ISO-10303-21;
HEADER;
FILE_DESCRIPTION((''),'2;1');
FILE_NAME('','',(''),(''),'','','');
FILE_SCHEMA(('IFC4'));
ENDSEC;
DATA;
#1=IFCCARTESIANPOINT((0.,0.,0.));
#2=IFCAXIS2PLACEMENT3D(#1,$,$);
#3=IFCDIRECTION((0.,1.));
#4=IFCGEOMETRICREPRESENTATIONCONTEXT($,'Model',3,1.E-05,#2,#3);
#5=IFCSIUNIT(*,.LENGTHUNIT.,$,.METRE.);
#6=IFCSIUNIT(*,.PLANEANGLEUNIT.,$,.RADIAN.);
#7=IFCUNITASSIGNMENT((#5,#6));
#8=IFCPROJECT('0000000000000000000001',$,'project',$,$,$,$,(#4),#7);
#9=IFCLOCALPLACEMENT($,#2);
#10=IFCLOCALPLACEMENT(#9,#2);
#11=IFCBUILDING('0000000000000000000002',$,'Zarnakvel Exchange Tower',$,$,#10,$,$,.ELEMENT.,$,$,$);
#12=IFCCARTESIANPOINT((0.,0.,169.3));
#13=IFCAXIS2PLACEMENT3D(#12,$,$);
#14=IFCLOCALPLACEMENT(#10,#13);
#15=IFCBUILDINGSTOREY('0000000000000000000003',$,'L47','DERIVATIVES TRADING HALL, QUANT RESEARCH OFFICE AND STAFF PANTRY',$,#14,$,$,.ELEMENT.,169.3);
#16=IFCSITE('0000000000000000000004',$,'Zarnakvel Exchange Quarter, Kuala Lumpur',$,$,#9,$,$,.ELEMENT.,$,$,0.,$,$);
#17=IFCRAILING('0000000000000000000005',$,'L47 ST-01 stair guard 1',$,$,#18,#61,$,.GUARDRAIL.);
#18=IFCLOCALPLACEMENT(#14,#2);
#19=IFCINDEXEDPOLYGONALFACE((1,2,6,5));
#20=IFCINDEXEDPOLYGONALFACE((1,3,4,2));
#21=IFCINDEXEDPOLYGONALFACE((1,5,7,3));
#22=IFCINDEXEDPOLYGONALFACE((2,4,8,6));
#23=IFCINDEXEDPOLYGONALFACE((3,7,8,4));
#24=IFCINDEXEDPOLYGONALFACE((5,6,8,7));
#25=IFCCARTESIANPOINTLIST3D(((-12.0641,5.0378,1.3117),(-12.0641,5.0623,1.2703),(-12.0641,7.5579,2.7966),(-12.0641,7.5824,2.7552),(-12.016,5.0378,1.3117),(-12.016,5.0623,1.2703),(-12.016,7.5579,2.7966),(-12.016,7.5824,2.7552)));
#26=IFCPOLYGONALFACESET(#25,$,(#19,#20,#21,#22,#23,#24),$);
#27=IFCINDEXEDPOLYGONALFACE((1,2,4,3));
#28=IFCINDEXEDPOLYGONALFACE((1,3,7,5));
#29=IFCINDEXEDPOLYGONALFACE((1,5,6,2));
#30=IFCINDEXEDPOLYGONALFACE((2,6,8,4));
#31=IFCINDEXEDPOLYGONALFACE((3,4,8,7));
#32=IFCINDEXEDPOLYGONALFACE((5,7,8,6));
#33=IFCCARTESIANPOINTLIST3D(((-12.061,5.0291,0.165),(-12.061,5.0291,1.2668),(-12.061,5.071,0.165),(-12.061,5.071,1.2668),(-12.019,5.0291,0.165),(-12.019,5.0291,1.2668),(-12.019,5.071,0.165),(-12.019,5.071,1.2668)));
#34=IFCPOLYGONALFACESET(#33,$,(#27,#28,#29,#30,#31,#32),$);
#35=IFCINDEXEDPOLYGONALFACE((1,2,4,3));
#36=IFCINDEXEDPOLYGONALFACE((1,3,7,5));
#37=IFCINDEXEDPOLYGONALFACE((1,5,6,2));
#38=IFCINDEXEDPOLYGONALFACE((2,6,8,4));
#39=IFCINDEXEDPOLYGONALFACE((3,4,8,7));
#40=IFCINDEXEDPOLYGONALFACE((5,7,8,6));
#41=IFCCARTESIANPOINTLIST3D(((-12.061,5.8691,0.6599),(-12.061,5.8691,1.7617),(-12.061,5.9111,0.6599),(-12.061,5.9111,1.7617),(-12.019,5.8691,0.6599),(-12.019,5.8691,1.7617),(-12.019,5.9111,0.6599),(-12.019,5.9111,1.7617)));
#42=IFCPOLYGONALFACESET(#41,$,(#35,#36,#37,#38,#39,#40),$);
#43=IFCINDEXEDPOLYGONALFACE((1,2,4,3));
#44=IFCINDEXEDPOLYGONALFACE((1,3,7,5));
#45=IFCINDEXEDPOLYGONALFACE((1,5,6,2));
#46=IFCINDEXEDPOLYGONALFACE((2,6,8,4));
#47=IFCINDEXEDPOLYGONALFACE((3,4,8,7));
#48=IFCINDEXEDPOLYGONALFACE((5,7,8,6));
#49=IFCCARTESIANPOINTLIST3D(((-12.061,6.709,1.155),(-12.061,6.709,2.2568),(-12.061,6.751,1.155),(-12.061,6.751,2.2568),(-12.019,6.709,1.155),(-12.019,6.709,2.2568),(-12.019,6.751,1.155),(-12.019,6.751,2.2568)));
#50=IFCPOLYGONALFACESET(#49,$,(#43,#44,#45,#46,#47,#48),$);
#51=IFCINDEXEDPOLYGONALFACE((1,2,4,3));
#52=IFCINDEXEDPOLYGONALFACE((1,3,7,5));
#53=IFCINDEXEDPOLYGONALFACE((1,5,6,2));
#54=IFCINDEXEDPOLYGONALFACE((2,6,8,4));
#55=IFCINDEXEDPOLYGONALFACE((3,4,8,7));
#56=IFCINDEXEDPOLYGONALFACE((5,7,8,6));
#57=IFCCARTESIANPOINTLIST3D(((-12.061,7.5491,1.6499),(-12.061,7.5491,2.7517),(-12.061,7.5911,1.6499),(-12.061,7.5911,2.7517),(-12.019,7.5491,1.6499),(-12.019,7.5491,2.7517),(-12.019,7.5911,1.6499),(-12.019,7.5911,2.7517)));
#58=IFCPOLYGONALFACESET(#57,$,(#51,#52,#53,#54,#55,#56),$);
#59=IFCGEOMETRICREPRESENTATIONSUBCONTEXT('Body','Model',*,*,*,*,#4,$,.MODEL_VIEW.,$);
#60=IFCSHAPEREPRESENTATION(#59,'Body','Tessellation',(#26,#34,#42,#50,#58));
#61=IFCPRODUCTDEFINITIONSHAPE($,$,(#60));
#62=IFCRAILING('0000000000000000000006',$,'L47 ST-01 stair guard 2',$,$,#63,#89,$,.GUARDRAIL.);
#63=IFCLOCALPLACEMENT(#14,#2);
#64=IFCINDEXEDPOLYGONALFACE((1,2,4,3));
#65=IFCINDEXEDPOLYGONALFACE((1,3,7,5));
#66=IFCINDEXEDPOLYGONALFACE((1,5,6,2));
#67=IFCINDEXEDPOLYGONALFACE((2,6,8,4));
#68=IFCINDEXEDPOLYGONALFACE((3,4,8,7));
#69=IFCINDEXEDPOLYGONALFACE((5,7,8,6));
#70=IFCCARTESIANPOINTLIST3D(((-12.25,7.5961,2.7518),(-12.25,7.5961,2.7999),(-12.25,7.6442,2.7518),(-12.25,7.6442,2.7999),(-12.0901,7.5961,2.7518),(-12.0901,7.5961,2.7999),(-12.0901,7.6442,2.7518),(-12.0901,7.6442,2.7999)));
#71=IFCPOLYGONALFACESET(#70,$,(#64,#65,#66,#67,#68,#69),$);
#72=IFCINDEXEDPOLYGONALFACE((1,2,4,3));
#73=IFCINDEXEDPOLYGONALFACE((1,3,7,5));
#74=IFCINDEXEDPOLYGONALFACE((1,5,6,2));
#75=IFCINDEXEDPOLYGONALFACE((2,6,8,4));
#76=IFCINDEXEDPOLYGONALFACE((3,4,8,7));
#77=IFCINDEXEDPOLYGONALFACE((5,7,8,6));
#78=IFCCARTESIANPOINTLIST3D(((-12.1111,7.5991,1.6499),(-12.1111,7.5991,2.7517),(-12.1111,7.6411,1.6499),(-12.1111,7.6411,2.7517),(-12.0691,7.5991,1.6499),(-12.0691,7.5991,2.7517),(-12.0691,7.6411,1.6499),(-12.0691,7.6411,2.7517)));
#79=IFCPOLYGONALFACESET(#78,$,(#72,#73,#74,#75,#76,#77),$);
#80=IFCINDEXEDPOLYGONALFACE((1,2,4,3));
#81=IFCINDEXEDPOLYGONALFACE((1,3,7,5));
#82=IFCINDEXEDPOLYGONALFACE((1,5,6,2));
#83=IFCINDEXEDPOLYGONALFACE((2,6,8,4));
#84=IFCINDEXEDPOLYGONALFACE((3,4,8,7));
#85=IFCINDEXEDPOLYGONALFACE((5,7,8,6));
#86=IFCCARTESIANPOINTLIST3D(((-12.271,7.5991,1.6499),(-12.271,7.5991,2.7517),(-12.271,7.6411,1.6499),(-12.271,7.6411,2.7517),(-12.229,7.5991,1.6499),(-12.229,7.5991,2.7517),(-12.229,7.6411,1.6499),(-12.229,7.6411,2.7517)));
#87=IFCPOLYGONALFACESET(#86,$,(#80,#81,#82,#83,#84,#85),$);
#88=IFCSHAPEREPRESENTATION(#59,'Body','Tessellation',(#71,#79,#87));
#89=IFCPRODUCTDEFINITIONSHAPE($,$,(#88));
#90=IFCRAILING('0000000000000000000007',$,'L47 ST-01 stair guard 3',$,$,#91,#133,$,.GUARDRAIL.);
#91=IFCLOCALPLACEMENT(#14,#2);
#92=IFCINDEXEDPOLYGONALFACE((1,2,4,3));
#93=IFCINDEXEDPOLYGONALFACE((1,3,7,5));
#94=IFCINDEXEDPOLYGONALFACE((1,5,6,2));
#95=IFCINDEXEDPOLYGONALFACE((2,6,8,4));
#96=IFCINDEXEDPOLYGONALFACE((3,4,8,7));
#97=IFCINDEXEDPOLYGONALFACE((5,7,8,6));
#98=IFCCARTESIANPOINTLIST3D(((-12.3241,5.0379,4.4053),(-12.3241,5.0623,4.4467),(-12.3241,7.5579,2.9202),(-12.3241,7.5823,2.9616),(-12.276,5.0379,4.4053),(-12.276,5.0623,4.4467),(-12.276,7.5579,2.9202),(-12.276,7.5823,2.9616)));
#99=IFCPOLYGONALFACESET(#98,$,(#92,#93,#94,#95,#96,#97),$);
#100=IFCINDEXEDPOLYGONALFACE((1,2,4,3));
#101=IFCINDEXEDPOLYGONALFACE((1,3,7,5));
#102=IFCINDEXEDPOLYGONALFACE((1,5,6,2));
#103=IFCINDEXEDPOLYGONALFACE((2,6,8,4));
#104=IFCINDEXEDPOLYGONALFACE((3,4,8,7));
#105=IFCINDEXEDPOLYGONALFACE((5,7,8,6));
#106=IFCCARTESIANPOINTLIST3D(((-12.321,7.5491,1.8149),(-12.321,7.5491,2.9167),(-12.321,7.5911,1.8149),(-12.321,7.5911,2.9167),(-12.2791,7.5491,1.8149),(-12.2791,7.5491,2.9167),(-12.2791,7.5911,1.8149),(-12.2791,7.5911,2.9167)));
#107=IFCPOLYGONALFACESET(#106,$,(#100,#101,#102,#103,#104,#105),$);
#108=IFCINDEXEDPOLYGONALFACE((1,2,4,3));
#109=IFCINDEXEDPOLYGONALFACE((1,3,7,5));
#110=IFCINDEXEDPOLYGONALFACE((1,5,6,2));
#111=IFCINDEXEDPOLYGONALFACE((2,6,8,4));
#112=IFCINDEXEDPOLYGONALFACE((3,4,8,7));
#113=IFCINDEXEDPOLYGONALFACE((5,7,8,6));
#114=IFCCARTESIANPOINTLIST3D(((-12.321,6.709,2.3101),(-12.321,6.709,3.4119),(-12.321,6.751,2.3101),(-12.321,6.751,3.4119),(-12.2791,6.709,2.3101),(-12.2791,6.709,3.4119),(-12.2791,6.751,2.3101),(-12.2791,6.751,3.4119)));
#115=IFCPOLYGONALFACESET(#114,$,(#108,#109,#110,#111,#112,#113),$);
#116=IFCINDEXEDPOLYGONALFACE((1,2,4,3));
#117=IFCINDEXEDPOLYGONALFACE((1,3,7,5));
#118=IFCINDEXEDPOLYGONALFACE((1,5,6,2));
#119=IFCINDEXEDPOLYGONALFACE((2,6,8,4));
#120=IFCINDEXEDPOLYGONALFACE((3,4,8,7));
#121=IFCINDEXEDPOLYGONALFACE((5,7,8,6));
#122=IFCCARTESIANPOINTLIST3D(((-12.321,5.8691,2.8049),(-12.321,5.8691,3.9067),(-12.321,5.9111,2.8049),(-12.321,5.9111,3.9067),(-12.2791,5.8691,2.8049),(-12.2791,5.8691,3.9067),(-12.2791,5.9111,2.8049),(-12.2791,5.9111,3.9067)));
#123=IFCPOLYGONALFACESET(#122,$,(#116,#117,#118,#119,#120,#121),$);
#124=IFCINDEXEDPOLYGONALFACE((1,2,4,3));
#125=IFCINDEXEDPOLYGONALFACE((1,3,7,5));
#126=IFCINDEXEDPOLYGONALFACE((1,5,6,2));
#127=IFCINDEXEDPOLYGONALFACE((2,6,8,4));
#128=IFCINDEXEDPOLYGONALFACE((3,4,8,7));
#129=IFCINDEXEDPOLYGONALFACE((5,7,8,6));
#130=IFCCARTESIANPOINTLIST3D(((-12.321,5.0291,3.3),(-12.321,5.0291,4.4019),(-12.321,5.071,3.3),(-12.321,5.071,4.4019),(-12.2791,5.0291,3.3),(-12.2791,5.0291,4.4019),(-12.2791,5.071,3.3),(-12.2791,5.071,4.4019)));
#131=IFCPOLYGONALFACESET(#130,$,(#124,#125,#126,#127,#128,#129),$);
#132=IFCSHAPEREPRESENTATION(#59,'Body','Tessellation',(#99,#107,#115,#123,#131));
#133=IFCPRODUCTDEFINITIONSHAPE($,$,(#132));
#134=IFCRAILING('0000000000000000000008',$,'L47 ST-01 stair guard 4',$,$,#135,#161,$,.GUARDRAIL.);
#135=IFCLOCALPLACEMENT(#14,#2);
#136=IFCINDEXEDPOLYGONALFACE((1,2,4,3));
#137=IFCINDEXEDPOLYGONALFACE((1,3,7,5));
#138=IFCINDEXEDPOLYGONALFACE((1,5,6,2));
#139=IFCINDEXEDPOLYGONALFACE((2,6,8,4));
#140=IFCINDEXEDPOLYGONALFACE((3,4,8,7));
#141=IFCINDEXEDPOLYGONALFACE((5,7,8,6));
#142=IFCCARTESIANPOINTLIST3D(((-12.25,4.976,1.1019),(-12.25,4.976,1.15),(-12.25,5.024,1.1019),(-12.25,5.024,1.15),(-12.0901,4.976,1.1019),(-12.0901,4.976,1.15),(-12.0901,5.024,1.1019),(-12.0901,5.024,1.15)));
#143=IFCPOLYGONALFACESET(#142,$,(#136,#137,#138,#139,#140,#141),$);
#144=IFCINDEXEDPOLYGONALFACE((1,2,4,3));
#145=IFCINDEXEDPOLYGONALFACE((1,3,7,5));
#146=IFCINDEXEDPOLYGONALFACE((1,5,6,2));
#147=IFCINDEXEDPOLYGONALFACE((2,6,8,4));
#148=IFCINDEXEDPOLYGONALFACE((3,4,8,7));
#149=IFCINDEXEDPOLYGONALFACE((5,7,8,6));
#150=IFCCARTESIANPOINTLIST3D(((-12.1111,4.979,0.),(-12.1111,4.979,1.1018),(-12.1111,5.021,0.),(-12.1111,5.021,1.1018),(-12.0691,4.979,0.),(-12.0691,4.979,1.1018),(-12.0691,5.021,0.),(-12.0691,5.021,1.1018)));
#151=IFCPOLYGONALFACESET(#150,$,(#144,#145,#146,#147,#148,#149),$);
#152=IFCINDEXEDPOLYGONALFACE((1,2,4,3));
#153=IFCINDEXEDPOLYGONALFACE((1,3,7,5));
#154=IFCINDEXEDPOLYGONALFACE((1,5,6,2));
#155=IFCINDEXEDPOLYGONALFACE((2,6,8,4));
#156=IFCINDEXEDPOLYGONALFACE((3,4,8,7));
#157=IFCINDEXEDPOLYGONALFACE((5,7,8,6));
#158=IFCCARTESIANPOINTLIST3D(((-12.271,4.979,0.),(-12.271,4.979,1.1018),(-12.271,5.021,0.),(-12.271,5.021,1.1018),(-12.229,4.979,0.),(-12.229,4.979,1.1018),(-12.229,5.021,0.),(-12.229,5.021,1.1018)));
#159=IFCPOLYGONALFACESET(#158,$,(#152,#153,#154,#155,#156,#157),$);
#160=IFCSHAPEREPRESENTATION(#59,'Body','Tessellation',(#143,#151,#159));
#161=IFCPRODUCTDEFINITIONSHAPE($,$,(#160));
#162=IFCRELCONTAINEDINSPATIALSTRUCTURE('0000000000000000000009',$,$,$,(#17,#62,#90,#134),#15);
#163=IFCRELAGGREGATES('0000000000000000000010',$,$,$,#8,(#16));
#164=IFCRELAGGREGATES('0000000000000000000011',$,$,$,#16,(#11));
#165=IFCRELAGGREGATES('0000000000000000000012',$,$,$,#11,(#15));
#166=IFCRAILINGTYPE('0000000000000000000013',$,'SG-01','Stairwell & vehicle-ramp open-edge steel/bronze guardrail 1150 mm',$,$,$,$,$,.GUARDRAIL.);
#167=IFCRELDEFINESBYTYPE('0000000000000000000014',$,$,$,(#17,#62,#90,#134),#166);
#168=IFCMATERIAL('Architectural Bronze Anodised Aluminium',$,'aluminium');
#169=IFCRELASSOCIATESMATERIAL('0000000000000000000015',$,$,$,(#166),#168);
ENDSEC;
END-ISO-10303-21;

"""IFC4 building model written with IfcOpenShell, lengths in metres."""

from ifc_helpers import new_model, si_unit, direction, frame, origin, origin_2d, place, context, subcontext, project, spatial, rectangle, extrude, material, type_object, element, save


model = new_model("IFC4")

# Units and contexts
model_context = context("Model", 3, precision=1e-05, world=origin(), true_north=direction((0.0, 1.0)))
body_context = subcontext(model_context, "Body", "Model", "MODEL_VIEW")
ifc_project = project(units=[si_unit("LENGTHUNIT", "METRE"), si_unit("PLANEANGLEUNIT", "RADIAN")], contexts=[model_context])

# Site, building, storey
site_placement = place(None, origin())
site = spatial("IfcSite", under=ifc_project, at=site_placement, Name="Zarnakvel Exchange Quarter, Kuala Lumpur", CompositionType="ELEMENT", RefElevation=0.0)
building_placement = place(site_placement, origin())
building = spatial("IfcBuilding", under=site, at=building_placement, Name="Zarnakvel Exchange Tower", CompositionType="ELEMENT")
storey_placement = place(building_placement, frame((0.0, 0.0, 169.3)))
storey = spatial("IfcBuildingStorey", under=building, at=storey_placement, Name="L47", Description="DERIVATIVES TRADING HALL, QUANT RESEARCH OFFICE AND STAFF PANTRY", CompositionType="ELEMENT", Elevation=169.3)

# Shared definitions
ifc_material_1 = material(Name="Architectural Bronze Anodised Aluminium", Category="aluminium")

# Railings
railing_type_1 = type_object("IfcRailingType", Name="SG-01", Description="Stairwell & vehicle-ramp open-edge steel/bronze guardrail 1150 mm", PredefinedType="GUARDRAIL", material=ifc_material_1)
railing_1_placement = place(storey_placement, frame((-12.04, 5.05, 0.165)))
element("IfcRailing", 1, at=railing_1_placement, inside=storey, type_object=railing_type_1, Name="L47 ST-01 stair guard 1", PredefinedType="GUARDRAIL", context=body_context, shape_type="SweptSolid", body=[
    extrude(rectangle(XDim=0.0481, YDim=0.0481, at=origin_2d()), frame((0.0, 0.0, 1.126), z_axis=(0.0, 0.861561, 0.507655), x_axis=(-1.0, 0.0, 0.0)), (0.0, 0.0, 1.0), 2.925),
    extrude(rectangle(XDim=0.042, YDim=0.042, at=origin_2d()), origin(), (0.0, 0.0, 1.0), 1.1018),
    extrude(rectangle(XDim=0.042, YDim=0.042, at=origin_2d()), frame((0.0, 0.8401, 0.4949)), (0.0, 0.0, 1.0), 1.1018),
    extrude(rectangle(XDim=0.042, YDim=0.042, at=origin_2d()), frame((0.0, 1.6799, 0.99)), (0.0, 0.0, 1.0), 1.1018),
    extrude(rectangle(XDim=0.042, YDim=0.042, at=origin_2d()), frame((0.0, 2.52, 1.4849)), (0.0, 0.0, 1.0), 1.1018),
])
railing_2_placement = place(storey_placement, frame((-12.0901, 7.6201, 1.6499)))
element("IfcRailing", 2, at=railing_2_placement, inside=storey, type_object=railing_type_1, Name="L47 ST-01 stair guard 2", PredefinedType="GUARDRAIL", context=body_context, shape_type="SweptSolid", body=[
    extrude(rectangle(XDim=0.0481, YDim=0.0481, at=origin_2d()), frame((0.0, 0.0, 1.126), z_axis=(-1.0, 0.0, 0.0), x_axis=(0.0, -1.0, 0.0)), (0.0, 0.0, 1.0), 0.1599),
    extrude(rectangle(XDim=0.042, YDim=0.042, at=origin_2d()), origin(), (0.0, 0.0, 1.0), 1.1018),
    extrude(rectangle(XDim=0.042, YDim=0.042, at=origin_2d()), frame((-0.1599, 0.0, 0.0)), (0.0, 0.0, 1.0), 1.1018),
])
railing_3_placement = place(storey_placement, frame((-12.3, 7.5701, 1.8149)))
element("IfcRailing", 3, at=railing_3_placement, inside=storey, type_object=railing_type_1, Name="L47 ST-01 stair guard 3", PredefinedType="GUARDRAIL", context=body_context, shape_type="SweptSolid", body=[
    extrude(rectangle(XDim=0.0481, YDim=0.0481, at=origin_2d()), frame((0.0, 0.0, 1.126), z_axis=(0.0, -0.861524, 0.507717), x_axis=(1.0, 0.0, 0.0)), (0.0, 0.0, 1.0), 2.925),
    extrude(rectangle(XDim=0.042, YDim=0.042, at=origin_2d()), origin(), (0.0, 0.0, 1.0), 1.1018),
    extrude(rectangle(XDim=0.042, YDim=0.042, at=origin_2d()), frame((0.0, -0.8401, 0.4951)), (0.0, 0.0, 1.0), 1.1018),
    extrude(rectangle(XDim=0.042, YDim=0.042, at=origin_2d()), frame((0.0, -1.6799, 0.99)), (0.0, 0.0, 1.0), 1.1018),
    extrude(rectangle(XDim=0.042, YDim=0.042, at=origin_2d()), frame((0.0, -2.52, 1.4851)), (0.0, 0.0, 1.0), 1.1018),
])
railing_4_placement = place(storey_placement, frame((-12.0901, 5.0, 0.0)))
element("IfcRailing", 4, at=railing_4_placement, inside=storey, type_object=railing_type_1, Name="L47 ST-01 stair guard 4", PredefinedType="GUARDRAIL", context=body_context, shape_type="SweptSolid", body=[
    extrude(rectangle(XDim=0.0481, YDim=0.0481, at=origin_2d()), frame((0.0, 0.0, 1.126), z_axis=(-1.0, 0.0, 0.0), x_axis=(0.0, -1.0, 0.0)), (0.0, 0.0, 1.0), 0.1599),
    extrude(rectangle(XDim=0.042, YDim=0.042, at=origin_2d()), origin(), (0.0, 0.0, 1.0), 1.1018),
    extrude(rectangle(XDim=0.042, YDim=0.042, at=origin_2d()), frame((-0.1599, 0.0, 0.0)), (0.0, 0.0, 1.0), 1.1018),
])

save(model, "model.ifc")
